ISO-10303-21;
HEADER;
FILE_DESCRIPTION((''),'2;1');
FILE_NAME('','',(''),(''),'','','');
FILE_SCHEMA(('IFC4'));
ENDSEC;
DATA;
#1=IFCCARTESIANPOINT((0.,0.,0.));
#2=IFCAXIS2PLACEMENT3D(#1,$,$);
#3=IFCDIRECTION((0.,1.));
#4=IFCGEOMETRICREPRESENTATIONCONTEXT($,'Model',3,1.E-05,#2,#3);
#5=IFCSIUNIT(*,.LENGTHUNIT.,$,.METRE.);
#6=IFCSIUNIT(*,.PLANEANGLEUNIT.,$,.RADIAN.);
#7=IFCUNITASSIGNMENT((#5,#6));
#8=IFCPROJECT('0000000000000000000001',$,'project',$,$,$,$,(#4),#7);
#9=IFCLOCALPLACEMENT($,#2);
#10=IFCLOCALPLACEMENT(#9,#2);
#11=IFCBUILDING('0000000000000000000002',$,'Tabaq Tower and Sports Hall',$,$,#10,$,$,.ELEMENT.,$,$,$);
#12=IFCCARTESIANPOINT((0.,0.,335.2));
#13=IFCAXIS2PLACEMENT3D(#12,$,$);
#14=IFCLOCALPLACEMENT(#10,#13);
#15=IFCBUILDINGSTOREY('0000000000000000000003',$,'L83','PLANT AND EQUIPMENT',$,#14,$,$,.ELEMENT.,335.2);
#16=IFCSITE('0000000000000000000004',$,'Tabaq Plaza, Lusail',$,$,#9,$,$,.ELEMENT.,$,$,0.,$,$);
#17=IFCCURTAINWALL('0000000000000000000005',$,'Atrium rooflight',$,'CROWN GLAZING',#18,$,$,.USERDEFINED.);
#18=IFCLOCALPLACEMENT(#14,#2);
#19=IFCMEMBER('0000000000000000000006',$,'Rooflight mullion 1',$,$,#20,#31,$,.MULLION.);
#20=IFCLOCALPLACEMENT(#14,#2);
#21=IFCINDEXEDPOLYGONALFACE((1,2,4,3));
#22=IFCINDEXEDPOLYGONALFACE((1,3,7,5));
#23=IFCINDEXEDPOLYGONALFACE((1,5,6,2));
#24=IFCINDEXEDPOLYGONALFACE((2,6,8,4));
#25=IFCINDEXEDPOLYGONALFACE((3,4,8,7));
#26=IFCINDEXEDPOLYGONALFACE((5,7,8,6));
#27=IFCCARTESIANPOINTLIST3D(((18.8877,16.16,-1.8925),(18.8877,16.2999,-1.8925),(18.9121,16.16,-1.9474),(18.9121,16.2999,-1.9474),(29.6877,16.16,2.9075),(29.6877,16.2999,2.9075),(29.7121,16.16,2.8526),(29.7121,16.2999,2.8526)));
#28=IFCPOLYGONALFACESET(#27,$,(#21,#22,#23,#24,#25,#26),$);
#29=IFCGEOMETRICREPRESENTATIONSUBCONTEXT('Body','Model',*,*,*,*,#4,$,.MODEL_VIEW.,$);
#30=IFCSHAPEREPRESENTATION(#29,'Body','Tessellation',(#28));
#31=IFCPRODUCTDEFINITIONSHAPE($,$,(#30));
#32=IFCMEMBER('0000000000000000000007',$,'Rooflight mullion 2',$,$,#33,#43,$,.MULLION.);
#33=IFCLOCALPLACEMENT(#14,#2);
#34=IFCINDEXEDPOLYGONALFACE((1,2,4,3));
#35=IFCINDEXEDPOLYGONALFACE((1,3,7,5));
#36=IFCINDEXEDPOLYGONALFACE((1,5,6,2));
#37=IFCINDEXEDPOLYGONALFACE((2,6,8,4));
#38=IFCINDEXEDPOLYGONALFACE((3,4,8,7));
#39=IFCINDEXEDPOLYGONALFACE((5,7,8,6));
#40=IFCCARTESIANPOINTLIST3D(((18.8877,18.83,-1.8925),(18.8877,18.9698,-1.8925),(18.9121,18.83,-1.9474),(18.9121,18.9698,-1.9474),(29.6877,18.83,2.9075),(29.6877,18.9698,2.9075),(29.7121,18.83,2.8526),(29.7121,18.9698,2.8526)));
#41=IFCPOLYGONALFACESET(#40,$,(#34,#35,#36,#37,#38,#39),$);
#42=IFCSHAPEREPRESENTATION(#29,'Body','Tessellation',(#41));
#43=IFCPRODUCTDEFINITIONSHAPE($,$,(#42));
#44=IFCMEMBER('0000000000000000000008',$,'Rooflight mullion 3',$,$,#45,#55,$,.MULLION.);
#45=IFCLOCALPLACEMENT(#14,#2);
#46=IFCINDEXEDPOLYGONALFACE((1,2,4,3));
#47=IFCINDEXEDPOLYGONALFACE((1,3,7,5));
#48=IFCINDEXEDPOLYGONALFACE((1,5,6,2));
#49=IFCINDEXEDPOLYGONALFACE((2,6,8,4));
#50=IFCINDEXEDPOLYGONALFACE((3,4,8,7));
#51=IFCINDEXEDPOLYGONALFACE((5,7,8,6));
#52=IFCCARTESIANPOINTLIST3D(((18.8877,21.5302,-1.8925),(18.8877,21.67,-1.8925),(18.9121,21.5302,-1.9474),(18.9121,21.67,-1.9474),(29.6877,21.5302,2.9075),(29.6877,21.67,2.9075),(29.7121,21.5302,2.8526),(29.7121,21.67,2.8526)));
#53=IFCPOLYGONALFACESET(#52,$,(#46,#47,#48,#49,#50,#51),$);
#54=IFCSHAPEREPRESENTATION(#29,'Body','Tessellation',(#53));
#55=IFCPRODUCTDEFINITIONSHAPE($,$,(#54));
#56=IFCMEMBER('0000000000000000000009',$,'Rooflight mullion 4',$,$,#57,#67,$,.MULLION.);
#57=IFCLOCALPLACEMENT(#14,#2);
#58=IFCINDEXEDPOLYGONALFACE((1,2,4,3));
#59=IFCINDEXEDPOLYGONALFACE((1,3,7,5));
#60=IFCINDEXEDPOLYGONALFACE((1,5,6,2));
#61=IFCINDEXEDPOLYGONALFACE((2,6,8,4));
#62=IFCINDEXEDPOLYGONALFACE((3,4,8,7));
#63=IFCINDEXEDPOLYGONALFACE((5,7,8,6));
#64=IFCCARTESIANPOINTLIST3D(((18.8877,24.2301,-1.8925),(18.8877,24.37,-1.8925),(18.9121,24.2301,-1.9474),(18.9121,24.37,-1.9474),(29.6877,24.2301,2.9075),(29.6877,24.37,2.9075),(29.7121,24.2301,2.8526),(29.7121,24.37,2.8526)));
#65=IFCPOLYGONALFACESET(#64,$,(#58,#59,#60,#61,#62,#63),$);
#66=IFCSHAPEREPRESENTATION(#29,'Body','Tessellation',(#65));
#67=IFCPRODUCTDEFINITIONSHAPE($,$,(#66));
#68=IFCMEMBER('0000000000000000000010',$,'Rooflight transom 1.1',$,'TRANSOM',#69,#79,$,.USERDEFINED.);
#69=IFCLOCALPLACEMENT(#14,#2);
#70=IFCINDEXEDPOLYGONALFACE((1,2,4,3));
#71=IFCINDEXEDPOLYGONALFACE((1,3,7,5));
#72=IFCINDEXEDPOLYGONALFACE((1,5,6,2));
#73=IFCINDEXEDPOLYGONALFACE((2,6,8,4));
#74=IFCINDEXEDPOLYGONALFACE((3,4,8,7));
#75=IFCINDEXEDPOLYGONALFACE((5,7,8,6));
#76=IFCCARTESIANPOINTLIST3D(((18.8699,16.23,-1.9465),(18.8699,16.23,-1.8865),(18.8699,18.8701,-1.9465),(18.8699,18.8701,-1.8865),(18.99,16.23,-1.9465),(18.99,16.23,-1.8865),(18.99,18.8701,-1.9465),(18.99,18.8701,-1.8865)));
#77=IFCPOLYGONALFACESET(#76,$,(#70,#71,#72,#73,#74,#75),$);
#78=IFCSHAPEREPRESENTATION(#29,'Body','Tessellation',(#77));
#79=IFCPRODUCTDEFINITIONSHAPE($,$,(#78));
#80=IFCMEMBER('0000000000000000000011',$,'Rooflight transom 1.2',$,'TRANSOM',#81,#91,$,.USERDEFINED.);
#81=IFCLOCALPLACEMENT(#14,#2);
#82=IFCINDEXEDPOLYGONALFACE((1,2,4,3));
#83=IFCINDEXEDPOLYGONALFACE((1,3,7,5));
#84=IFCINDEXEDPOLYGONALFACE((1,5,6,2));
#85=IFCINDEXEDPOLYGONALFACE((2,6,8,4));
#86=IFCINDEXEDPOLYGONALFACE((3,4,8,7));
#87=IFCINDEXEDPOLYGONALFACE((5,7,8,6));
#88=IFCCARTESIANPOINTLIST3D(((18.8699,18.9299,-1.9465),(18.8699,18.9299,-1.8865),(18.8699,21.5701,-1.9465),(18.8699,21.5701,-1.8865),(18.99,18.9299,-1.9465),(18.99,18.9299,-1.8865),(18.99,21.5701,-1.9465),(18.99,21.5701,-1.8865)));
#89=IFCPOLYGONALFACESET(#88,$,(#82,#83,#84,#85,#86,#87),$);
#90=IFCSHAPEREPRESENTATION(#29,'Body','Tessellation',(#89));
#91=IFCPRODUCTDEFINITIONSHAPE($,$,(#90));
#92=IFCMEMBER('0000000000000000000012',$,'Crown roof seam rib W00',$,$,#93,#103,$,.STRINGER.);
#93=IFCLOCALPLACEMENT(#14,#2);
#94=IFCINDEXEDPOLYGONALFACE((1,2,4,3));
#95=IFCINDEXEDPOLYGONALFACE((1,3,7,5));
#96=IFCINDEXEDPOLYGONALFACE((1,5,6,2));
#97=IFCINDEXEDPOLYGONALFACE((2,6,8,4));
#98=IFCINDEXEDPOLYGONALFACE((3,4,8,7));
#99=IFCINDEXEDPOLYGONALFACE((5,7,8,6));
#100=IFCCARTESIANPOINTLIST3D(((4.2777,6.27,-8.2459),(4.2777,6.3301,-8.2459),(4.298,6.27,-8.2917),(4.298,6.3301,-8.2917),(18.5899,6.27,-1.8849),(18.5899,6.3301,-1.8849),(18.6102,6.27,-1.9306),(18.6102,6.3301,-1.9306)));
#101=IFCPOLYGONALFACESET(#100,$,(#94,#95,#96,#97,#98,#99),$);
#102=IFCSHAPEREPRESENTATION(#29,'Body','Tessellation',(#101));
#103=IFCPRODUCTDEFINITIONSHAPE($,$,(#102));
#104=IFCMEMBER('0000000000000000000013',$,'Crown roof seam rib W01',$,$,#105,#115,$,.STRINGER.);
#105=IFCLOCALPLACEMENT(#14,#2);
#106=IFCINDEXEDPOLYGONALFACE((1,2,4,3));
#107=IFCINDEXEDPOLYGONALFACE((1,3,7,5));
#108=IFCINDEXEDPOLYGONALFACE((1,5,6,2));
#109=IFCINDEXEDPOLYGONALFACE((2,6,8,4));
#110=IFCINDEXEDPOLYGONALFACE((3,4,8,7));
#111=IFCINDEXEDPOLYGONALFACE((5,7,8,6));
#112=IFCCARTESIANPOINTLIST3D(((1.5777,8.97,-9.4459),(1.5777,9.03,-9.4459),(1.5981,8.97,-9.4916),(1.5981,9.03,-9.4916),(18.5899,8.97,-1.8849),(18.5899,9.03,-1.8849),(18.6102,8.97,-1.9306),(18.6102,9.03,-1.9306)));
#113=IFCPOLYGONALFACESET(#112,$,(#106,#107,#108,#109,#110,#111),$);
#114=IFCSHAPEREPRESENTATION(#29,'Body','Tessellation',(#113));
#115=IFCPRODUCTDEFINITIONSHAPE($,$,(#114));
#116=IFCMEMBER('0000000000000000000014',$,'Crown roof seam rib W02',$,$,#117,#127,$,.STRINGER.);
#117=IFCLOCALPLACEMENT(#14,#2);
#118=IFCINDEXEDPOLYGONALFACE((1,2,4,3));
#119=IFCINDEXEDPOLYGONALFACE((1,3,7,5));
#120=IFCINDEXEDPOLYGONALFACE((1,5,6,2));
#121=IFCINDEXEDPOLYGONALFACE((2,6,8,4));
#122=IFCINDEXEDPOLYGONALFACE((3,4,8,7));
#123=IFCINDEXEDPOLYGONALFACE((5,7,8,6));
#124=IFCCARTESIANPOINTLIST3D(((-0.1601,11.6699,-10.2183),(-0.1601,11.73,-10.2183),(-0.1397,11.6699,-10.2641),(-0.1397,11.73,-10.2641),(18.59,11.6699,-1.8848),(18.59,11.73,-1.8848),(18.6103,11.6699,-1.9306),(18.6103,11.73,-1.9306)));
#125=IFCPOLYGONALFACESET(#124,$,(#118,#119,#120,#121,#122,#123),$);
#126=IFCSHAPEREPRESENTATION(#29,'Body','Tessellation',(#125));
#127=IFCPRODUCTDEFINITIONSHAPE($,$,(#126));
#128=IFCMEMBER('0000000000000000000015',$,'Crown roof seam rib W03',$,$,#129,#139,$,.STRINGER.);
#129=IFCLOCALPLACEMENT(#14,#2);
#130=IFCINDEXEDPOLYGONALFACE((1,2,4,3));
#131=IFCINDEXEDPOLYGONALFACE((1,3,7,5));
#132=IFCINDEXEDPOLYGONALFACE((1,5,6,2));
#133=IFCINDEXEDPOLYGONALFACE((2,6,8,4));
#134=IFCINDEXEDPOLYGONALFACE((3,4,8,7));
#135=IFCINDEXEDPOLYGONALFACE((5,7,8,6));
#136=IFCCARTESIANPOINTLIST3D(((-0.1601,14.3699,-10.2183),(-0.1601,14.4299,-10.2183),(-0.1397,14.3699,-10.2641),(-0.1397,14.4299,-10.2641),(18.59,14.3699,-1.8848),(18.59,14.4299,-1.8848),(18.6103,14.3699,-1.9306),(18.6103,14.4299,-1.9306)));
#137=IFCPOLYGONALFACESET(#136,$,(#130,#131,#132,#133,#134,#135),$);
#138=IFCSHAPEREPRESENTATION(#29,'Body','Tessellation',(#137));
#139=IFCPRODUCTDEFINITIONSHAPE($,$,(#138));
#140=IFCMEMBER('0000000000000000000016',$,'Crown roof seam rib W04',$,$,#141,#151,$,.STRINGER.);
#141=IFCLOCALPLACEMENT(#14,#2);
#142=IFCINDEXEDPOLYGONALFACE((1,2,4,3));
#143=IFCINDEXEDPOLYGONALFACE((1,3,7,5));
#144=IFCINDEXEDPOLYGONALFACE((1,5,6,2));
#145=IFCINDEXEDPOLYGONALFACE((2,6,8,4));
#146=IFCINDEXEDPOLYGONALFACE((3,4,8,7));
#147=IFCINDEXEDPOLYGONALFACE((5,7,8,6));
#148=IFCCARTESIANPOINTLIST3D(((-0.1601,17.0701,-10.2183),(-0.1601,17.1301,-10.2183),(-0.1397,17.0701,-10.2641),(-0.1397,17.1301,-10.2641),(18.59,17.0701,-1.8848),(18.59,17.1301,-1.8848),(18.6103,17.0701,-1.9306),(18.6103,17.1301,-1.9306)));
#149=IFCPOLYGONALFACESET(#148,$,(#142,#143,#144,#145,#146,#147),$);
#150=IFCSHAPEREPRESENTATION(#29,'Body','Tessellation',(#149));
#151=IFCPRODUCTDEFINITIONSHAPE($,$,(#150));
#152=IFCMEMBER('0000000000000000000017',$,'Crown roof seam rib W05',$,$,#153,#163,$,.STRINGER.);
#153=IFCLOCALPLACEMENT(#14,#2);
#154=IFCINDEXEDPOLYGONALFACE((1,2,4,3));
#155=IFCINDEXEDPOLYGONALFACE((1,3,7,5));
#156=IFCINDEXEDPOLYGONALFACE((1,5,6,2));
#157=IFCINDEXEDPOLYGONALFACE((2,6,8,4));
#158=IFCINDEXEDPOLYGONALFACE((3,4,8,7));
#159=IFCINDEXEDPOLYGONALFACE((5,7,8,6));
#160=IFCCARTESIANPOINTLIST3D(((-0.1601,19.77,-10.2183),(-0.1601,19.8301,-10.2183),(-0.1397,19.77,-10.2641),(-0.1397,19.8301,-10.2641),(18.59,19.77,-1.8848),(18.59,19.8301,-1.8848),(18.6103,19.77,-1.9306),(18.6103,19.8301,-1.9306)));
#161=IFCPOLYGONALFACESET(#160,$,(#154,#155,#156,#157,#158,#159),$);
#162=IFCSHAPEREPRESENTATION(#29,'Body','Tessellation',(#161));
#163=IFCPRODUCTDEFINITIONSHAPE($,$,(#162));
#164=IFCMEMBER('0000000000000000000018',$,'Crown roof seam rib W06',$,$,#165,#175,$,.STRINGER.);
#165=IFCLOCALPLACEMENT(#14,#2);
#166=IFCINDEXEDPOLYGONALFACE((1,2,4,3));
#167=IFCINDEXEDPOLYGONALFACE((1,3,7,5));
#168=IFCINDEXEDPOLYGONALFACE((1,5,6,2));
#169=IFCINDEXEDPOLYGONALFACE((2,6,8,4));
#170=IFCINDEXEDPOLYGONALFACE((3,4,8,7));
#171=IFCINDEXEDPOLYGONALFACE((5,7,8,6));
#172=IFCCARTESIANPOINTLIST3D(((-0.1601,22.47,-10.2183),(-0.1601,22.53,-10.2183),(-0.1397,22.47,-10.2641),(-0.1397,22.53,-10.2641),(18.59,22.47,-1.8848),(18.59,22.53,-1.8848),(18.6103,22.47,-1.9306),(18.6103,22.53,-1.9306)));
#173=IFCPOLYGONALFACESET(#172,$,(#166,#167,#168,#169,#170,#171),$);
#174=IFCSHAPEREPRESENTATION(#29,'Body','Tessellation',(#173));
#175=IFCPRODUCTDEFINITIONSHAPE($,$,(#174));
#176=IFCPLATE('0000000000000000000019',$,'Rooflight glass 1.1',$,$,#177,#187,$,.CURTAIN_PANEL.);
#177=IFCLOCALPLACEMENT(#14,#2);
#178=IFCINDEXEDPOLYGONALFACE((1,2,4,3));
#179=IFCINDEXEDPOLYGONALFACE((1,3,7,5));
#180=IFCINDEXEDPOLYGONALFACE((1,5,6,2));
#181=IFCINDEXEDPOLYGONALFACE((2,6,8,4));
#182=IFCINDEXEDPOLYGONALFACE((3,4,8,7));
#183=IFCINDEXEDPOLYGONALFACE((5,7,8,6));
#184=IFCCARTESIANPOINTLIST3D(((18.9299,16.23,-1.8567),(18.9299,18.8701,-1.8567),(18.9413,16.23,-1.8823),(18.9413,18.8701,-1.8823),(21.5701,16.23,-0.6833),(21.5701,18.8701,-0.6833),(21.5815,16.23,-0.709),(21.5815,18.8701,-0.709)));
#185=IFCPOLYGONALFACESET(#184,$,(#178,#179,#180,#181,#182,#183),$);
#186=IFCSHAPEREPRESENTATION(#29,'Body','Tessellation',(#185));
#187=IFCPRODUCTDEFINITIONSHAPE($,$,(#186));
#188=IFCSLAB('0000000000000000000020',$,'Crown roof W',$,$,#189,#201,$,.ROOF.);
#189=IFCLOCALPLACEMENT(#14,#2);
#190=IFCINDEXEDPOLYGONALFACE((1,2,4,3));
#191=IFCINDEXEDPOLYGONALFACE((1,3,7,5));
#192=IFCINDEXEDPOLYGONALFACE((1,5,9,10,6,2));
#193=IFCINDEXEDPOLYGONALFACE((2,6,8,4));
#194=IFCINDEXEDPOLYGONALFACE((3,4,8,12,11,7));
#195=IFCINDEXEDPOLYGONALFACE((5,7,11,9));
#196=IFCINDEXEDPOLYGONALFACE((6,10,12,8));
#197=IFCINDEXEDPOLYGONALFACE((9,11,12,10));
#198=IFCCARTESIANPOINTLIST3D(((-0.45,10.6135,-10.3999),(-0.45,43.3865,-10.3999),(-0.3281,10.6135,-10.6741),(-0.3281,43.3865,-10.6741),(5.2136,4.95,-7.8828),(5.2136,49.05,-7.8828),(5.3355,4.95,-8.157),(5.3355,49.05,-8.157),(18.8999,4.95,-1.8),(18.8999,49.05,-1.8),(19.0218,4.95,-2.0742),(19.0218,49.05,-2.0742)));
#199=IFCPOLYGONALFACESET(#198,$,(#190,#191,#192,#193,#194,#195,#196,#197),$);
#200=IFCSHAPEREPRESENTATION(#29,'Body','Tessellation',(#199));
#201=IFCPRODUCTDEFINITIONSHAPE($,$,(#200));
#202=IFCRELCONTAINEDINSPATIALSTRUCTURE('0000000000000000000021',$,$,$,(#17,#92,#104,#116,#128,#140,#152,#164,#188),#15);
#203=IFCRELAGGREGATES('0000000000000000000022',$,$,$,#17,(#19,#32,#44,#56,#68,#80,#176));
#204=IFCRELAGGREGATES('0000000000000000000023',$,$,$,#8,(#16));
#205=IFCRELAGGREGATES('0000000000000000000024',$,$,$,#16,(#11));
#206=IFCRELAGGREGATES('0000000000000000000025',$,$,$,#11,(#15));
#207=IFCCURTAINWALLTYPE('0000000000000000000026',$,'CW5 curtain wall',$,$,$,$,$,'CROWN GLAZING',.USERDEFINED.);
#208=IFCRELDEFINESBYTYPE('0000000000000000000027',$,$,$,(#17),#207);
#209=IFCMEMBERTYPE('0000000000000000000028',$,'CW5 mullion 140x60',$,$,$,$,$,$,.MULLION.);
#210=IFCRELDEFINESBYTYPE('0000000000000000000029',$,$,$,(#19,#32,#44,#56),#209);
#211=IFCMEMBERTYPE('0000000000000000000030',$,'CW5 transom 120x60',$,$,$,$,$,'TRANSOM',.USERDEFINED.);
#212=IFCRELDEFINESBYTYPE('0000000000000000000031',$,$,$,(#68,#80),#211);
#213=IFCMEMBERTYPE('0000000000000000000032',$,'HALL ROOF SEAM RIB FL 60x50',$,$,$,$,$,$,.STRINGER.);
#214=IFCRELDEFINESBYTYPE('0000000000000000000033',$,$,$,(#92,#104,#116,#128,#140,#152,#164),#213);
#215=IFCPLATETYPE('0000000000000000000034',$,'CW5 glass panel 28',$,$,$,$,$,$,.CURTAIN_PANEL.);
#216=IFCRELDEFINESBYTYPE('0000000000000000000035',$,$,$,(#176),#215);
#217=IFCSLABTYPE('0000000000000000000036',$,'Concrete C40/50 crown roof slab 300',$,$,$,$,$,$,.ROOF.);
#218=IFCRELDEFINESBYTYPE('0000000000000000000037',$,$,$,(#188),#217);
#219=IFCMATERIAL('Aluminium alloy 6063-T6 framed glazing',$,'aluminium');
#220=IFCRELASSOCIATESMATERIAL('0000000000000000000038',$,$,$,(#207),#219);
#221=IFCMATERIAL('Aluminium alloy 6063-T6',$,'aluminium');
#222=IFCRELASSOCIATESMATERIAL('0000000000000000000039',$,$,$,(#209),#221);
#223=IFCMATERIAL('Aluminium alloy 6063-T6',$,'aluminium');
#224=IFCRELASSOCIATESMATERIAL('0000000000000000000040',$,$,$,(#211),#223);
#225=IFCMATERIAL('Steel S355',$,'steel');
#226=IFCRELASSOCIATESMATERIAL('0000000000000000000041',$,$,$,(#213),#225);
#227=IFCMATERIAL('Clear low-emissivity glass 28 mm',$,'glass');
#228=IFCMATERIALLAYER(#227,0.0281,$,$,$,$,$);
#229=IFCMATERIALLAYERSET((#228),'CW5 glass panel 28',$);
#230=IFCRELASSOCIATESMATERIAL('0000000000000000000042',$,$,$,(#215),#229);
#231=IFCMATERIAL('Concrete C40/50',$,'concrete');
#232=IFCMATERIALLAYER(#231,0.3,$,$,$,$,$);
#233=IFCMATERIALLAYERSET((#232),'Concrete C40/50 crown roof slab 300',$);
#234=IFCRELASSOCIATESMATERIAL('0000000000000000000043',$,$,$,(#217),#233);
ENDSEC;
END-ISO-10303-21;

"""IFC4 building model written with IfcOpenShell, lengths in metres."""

from ifc_helpers import new_model, si_unit, direction, frame, origin, origin_2d, place, context, subcontext, project, spatial, polyline, rectangle, outline, extrude, material, layer, layer_set, material_profile, profile_set, type_object, element, aggregate, save


model = new_model("IFC4")

# Units and contexts
model_context = context("Model", 3, precision=1e-05, world=origin(), true_north=direction((0.0, 1.0)))
body_context = subcontext(model_context, "Body", "Model", "MODEL_VIEW")
ifc_project = project(units=[si_unit("LENGTHUNIT", "METRE"), si_unit("PLANEANGLEUNIT", "RADIAN")], contexts=[model_context])

# Site, building, storey
site_placement = place(None, origin())
site = spatial("IfcSite", under=ifc_project, at=site_placement, Name="Tabaq Plaza, Lusail", CompositionType="ELEMENT", RefElevation=0.0)
building_placement = place(site_placement, origin())
building = spatial("IfcBuilding", under=site, at=building_placement, Name="Tabaq Tower and Sports Hall", CompositionType="ELEMENT")
storey_placement = place(building_placement, frame((0.0, 0.0, 335.2)))
storey = spatial("IfcBuildingStorey", under=building, at=storey_placement, Name="L83", Description="PLANT AND EQUIPMENT", CompositionType="ELEMENT", Elevation=335.2)

# Curtain wall, members
ifc_material_1 = material(Name="Aluminium alloy 6063-T6 framed glazing", Category="aluminium")
curtain_wall_type = type_object("IfcCurtainWallType", Name="CW5 curtain wall", ElementType="CROWN GLAZING", PredefinedType="USERDEFINED", material=ifc_material_1)
curtain_wall_placement = place(storey_placement, origin())
curtain_wall = element("IfcCurtainWall", 1, at=curtain_wall_placement, inside=storey, type_object=curtain_wall_type, Name="Atrium rooflight", ObjectType="CROWN GLAZING", PredefinedType="USERDEFINED")
ifc_material_2 = material(Name="Aluminium alloy 6063-T6", Category="aluminium")
ifc_material_profile_1 = material_profile(ifc_material_2, rectangle(XDim=0.1399, YDim=0.0601, at=origin_2d()), Name="MULLION 140x60")
ifc_profile_set_1 = profile_set([ifc_material_profile_1], Name="Aluminium alloy 6063-T6")
member_type_1 = type_object("IfcMemberType", Name="CW5 mullion 140x60", PredefinedType="MULLION", material=ifc_profile_set_1)
member_1_placement = place(storey_placement, frame((18.8999, 16.23, -1.9199), z_axis=(0.913811, 0.0, 0.40614), x_axis=(0.0, 1.0, 0.0)))
member_1 = element("IfcMember", 2, at=member_1_placement, type_object=member_type_1, Name="Rooflight mullion 1", PredefinedType="MULLION", context=body_context, shape_type="SweptSolid", body=[
    extrude(rectangle(XDim=0.1399, YDim=0.0601, at=origin_2d()), origin(), (0.0, 0.0, 1.0), 11.8186),
])
member_2_placement = place(storey_placement, frame((18.8999, 18.8999, -1.9199), z_axis=(0.913811, 0.0, 0.40614), x_axis=(0.0, 1.0, 0.0)))
member_2 = element("IfcMember", 3, at=member_2_placement, type_object=member_type_1, Name="Rooflight mullion 2", PredefinedType="MULLION", context=body_context, shape_type="SweptSolid", body=[
    extrude(rectangle(XDim=0.1399, YDim=0.0601, at=origin_2d()), origin(), (0.0, 0.0, 1.0), 11.8186),
])
member_3_placement = place(storey_placement, frame((18.8999, 21.6001, -1.9199), z_axis=(0.913811, 0.0, 0.40614), x_axis=(0.0, 1.0, 0.0)))
member_3 = element("IfcMember", 4, at=member_3_placement, type_object=member_type_1, Name="Rooflight mullion 3", PredefinedType="MULLION", context=body_context, shape_type="SweptSolid", body=[
    extrude(rectangle(XDim=0.1399, YDim=0.0601, at=origin_2d()), origin(), (0.0, 0.0, 1.0), 11.8186),
])
member_4_placement = place(storey_placement, frame((18.8999, 24.3, -1.9199), z_axis=(0.913811, 0.0, 0.40614), x_axis=(0.0, 1.0, 0.0)))
member_4 = element("IfcMember", 5, at=member_4_placement, type_object=member_type_1, Name="Rooflight mullion 4", PredefinedType="MULLION", context=body_context, shape_type="SweptSolid", body=[
    extrude(rectangle(XDim=0.1399, YDim=0.0601, at=origin_2d()), origin(), (0.0, 0.0, 1.0), 11.8186),
])
ifc_material_3 = material(Name="Aluminium alloy 6063-T6", Category="aluminium")
ifc_material_profile_2 = material_profile(ifc_material_3, rectangle(XDim=0.1201, YDim=0.0601, at=origin_2d()), Name="TRANSOM 120x60")
ifc_profile_set_2 = profile_set([ifc_material_profile_2], Name="Aluminium alloy 6063-T6")
member_type_2 = type_object("IfcMemberType", Name="CW5 transom 120x60", ElementType="TRANSOM", PredefinedType="USERDEFINED", material=ifc_profile_set_2)
member_5_placement = place(storey_placement, frame((18.9299, 16.23, -1.9165), z_axis=(0.0, 1.0, 0.0), x_axis=(-1.0, 0.0, 0.0)))
member_5 = element("IfcMember", 6, at=member_5_placement, type_object=member_type_2, Name="Rooflight transom 1.1", ObjectType="TRANSOM", PredefinedType="USERDEFINED", context=body_context, shape_type="SweptSolid", body=[
    extrude(rectangle(XDim=0.1201, YDim=0.0601, at=origin_2d()), origin(), (0.0, 0.0, 1.0), 2.6401),
])
member_6_placement = place(storey_placement, frame((18.9299, 18.9299, -1.9165), z_axis=(0.0, 1.0, 0.0), x_axis=(-1.0, 0.0, 0.0)))
member_6 = element("IfcMember", 7, at=member_6_placement, type_object=member_type_2, Name="Rooflight transom 1.2", ObjectType="TRANSOM", PredefinedType="USERDEFINED", context=body_context, shape_type="SweptSolid", body=[
    extrude(rectangle(XDim=0.1201, YDim=0.0601, at=origin_2d()), origin(), (0.0, 0.0, 1.0), 2.6401),
])

# Members
ifc_material_4 = material(Name="Steel S355", Category="steel")
ifc_material_profile_3 = material_profile(ifc_material_4, rectangle(XDim=0.0601, YDim=0.05, at=origin_2d()), Name="FL 60x50")
ifc_profile_set_3 = profile_set([ifc_material_profile_3], Name="Steel S355")
member_type_3 = type_object("IfcMemberType", Name="HALL ROOF SEAM RIB FL 60x50", PredefinedType="STRINGER", material=ifc_profile_set_3)
member_7_placement = place(storey_placement, frame((4.2878, 6.3, -8.2688), z_axis=(0.91381, 0.0, 0.406143), x_axis=(0.0, 1.0, 0.0)))
element("IfcMember", 8, at=member_7_placement, inside=storey, type_object=member_type_3, Name="Crown roof seam rib W00", PredefinedType="STRINGER", context=body_context, shape_type="SweptSolid", body=[
    extrude(rectangle(XDim=0.0601, YDim=0.05, at=origin_2d()), origin(), (0.0, 0.0, 1.0), 15.6621),
])
member_8_placement = place(storey_placement, frame((1.5879, 9.0, -9.4688), z_axis=(0.91381, 0.0, 0.406141), x_axis=(0.0, 1.0, 0.0)))
element("IfcMember", 9, at=member_8_placement, inside=storey, type_object=member_type_3, Name="Crown roof seam rib W01", PredefinedType="STRINGER", context=body_context, shape_type="SweptSolid", body=[
    extrude(rectangle(XDim=0.0601, YDim=0.05, at=origin_2d()), origin(), (0.0, 0.0, 1.0), 18.6167),
])
for number, where, z_axis, x_axis, name in (
    (10, (-0.1499, 11.7, -10.2412), (0.913809, 0.0, 0.406145), (0.0, 1.0, 0.0), "Crown roof seam rib W02"),
    (11, (-0.1499, 14.3999, -10.2412), (0.913809, 0.0, 0.406145), (0.0, 1.0, 0.0), "Crown roof seam rib W03"),
    (12, (-0.1499, 17.1001, -10.2412), (0.913809, 0.0, 0.406145), (0.0, 1.0, 0.0), "Crown roof seam rib W04"),
    (13, (-0.1499, 19.8, -10.2412), (0.913809, 0.0, 0.406145), (0.0, 1.0, 0.0), "Crown roof seam rib W05"),
    (14, (-0.1499, 22.5, -10.2412), (0.913809, 0.0, 0.406145), (0.0, 1.0, 0.0), "Crown roof seam rib W06"),
):
    element("IfcMember", number, at=place(storey_placement, frame(where, z_axis=z_axis, x_axis=x_axis)), inside=storey, type_object=member_type_3, Name=name, PredefinedType="STRINGER", context=body_context, shape_type="SweptSolid", body=[
        extrude(rectangle(XDim=0.0601, YDim=0.05, at=origin_2d()), origin(), (0.0, 0.0, 1.0), 20.5186),
    ])

# Plate
ifc_material_5 = material(Name="Clear low-emissivity glass 28 mm", Category="glass")
ifc_layer_1 = layer(ifc_material_5, 0.0281)
ifc_layer_set_1 = layer_set([ifc_layer_1], Name="CW5 glass panel 28")
plate_type = type_object("IfcPlateType", Name="CW5 glass panel 28", PredefinedType="CURTAIN_PANEL", material=ifc_layer_set_1)
plate_placement = place(storey_placement, frame((18.9299, 16.23, -1.8567), z_axis=(-0.406123, 0.0, 0.913819), x_axis=(0.913819, 0.0, 0.406123)))
plate = element("IfcPlate", 15, at=plate_placement, type_object=plate_type, Name="Rooflight glass 1.1", PredefinedType="CURTAIN_PANEL", context=body_context, shape_type="SweptSolid", body=[
    extrude(outline(polyline([(0.0, 0.0), (2.8891, 0.0), (2.8891, 2.6401), (0.0, 2.6401), (0.0, 0.0)])), origin(), (0.0, 0.0, -1.0), 0.0281),
])
aggregate(curtain_wall, [member_1, member_2, member_3, member_4, member_5, member_6, plate])

# Slab
ifc_material_6 = material(Name="Concrete C40/50", Category="concrete")
ifc_layer_2 = layer(ifc_material_6, 0.3)
ifc_layer_set_2 = layer_set([ifc_layer_2], Name="Concrete C40/50 crown roof slab 300")
slab_type_1 = type_object("IfcSlabType", Name="Concrete C40/50 crown roof slab 300", PredefinedType="ROOF", material=ifc_layer_set_2)
slab_1_placement = place(storey_placement, frame((-0.45, 10.6135, -10.3999), z_axis=(-0.406135, 0.0, 0.913813), x_axis=(0.0, 1.0, 0.0)))
element("IfcSlab", 16, at=slab_1_placement, inside=storey, type_object=slab_type_1, Name="Crown roof W", PredefinedType="ROOF", context=body_context, shape_type="SweptSolid", body=[
    extrude(outline(polyline([(0.0, 0.0), (32.7729, 0.0), (38.4365, -6.1977), (38.4365, -21.1749), (-5.6636, -21.1749), (-5.6636, -6.1977), (0.0, 0.0)])), origin(), (0.0, 0.0, -1.0), 0.3),
])

save(model, "model.ifc")
